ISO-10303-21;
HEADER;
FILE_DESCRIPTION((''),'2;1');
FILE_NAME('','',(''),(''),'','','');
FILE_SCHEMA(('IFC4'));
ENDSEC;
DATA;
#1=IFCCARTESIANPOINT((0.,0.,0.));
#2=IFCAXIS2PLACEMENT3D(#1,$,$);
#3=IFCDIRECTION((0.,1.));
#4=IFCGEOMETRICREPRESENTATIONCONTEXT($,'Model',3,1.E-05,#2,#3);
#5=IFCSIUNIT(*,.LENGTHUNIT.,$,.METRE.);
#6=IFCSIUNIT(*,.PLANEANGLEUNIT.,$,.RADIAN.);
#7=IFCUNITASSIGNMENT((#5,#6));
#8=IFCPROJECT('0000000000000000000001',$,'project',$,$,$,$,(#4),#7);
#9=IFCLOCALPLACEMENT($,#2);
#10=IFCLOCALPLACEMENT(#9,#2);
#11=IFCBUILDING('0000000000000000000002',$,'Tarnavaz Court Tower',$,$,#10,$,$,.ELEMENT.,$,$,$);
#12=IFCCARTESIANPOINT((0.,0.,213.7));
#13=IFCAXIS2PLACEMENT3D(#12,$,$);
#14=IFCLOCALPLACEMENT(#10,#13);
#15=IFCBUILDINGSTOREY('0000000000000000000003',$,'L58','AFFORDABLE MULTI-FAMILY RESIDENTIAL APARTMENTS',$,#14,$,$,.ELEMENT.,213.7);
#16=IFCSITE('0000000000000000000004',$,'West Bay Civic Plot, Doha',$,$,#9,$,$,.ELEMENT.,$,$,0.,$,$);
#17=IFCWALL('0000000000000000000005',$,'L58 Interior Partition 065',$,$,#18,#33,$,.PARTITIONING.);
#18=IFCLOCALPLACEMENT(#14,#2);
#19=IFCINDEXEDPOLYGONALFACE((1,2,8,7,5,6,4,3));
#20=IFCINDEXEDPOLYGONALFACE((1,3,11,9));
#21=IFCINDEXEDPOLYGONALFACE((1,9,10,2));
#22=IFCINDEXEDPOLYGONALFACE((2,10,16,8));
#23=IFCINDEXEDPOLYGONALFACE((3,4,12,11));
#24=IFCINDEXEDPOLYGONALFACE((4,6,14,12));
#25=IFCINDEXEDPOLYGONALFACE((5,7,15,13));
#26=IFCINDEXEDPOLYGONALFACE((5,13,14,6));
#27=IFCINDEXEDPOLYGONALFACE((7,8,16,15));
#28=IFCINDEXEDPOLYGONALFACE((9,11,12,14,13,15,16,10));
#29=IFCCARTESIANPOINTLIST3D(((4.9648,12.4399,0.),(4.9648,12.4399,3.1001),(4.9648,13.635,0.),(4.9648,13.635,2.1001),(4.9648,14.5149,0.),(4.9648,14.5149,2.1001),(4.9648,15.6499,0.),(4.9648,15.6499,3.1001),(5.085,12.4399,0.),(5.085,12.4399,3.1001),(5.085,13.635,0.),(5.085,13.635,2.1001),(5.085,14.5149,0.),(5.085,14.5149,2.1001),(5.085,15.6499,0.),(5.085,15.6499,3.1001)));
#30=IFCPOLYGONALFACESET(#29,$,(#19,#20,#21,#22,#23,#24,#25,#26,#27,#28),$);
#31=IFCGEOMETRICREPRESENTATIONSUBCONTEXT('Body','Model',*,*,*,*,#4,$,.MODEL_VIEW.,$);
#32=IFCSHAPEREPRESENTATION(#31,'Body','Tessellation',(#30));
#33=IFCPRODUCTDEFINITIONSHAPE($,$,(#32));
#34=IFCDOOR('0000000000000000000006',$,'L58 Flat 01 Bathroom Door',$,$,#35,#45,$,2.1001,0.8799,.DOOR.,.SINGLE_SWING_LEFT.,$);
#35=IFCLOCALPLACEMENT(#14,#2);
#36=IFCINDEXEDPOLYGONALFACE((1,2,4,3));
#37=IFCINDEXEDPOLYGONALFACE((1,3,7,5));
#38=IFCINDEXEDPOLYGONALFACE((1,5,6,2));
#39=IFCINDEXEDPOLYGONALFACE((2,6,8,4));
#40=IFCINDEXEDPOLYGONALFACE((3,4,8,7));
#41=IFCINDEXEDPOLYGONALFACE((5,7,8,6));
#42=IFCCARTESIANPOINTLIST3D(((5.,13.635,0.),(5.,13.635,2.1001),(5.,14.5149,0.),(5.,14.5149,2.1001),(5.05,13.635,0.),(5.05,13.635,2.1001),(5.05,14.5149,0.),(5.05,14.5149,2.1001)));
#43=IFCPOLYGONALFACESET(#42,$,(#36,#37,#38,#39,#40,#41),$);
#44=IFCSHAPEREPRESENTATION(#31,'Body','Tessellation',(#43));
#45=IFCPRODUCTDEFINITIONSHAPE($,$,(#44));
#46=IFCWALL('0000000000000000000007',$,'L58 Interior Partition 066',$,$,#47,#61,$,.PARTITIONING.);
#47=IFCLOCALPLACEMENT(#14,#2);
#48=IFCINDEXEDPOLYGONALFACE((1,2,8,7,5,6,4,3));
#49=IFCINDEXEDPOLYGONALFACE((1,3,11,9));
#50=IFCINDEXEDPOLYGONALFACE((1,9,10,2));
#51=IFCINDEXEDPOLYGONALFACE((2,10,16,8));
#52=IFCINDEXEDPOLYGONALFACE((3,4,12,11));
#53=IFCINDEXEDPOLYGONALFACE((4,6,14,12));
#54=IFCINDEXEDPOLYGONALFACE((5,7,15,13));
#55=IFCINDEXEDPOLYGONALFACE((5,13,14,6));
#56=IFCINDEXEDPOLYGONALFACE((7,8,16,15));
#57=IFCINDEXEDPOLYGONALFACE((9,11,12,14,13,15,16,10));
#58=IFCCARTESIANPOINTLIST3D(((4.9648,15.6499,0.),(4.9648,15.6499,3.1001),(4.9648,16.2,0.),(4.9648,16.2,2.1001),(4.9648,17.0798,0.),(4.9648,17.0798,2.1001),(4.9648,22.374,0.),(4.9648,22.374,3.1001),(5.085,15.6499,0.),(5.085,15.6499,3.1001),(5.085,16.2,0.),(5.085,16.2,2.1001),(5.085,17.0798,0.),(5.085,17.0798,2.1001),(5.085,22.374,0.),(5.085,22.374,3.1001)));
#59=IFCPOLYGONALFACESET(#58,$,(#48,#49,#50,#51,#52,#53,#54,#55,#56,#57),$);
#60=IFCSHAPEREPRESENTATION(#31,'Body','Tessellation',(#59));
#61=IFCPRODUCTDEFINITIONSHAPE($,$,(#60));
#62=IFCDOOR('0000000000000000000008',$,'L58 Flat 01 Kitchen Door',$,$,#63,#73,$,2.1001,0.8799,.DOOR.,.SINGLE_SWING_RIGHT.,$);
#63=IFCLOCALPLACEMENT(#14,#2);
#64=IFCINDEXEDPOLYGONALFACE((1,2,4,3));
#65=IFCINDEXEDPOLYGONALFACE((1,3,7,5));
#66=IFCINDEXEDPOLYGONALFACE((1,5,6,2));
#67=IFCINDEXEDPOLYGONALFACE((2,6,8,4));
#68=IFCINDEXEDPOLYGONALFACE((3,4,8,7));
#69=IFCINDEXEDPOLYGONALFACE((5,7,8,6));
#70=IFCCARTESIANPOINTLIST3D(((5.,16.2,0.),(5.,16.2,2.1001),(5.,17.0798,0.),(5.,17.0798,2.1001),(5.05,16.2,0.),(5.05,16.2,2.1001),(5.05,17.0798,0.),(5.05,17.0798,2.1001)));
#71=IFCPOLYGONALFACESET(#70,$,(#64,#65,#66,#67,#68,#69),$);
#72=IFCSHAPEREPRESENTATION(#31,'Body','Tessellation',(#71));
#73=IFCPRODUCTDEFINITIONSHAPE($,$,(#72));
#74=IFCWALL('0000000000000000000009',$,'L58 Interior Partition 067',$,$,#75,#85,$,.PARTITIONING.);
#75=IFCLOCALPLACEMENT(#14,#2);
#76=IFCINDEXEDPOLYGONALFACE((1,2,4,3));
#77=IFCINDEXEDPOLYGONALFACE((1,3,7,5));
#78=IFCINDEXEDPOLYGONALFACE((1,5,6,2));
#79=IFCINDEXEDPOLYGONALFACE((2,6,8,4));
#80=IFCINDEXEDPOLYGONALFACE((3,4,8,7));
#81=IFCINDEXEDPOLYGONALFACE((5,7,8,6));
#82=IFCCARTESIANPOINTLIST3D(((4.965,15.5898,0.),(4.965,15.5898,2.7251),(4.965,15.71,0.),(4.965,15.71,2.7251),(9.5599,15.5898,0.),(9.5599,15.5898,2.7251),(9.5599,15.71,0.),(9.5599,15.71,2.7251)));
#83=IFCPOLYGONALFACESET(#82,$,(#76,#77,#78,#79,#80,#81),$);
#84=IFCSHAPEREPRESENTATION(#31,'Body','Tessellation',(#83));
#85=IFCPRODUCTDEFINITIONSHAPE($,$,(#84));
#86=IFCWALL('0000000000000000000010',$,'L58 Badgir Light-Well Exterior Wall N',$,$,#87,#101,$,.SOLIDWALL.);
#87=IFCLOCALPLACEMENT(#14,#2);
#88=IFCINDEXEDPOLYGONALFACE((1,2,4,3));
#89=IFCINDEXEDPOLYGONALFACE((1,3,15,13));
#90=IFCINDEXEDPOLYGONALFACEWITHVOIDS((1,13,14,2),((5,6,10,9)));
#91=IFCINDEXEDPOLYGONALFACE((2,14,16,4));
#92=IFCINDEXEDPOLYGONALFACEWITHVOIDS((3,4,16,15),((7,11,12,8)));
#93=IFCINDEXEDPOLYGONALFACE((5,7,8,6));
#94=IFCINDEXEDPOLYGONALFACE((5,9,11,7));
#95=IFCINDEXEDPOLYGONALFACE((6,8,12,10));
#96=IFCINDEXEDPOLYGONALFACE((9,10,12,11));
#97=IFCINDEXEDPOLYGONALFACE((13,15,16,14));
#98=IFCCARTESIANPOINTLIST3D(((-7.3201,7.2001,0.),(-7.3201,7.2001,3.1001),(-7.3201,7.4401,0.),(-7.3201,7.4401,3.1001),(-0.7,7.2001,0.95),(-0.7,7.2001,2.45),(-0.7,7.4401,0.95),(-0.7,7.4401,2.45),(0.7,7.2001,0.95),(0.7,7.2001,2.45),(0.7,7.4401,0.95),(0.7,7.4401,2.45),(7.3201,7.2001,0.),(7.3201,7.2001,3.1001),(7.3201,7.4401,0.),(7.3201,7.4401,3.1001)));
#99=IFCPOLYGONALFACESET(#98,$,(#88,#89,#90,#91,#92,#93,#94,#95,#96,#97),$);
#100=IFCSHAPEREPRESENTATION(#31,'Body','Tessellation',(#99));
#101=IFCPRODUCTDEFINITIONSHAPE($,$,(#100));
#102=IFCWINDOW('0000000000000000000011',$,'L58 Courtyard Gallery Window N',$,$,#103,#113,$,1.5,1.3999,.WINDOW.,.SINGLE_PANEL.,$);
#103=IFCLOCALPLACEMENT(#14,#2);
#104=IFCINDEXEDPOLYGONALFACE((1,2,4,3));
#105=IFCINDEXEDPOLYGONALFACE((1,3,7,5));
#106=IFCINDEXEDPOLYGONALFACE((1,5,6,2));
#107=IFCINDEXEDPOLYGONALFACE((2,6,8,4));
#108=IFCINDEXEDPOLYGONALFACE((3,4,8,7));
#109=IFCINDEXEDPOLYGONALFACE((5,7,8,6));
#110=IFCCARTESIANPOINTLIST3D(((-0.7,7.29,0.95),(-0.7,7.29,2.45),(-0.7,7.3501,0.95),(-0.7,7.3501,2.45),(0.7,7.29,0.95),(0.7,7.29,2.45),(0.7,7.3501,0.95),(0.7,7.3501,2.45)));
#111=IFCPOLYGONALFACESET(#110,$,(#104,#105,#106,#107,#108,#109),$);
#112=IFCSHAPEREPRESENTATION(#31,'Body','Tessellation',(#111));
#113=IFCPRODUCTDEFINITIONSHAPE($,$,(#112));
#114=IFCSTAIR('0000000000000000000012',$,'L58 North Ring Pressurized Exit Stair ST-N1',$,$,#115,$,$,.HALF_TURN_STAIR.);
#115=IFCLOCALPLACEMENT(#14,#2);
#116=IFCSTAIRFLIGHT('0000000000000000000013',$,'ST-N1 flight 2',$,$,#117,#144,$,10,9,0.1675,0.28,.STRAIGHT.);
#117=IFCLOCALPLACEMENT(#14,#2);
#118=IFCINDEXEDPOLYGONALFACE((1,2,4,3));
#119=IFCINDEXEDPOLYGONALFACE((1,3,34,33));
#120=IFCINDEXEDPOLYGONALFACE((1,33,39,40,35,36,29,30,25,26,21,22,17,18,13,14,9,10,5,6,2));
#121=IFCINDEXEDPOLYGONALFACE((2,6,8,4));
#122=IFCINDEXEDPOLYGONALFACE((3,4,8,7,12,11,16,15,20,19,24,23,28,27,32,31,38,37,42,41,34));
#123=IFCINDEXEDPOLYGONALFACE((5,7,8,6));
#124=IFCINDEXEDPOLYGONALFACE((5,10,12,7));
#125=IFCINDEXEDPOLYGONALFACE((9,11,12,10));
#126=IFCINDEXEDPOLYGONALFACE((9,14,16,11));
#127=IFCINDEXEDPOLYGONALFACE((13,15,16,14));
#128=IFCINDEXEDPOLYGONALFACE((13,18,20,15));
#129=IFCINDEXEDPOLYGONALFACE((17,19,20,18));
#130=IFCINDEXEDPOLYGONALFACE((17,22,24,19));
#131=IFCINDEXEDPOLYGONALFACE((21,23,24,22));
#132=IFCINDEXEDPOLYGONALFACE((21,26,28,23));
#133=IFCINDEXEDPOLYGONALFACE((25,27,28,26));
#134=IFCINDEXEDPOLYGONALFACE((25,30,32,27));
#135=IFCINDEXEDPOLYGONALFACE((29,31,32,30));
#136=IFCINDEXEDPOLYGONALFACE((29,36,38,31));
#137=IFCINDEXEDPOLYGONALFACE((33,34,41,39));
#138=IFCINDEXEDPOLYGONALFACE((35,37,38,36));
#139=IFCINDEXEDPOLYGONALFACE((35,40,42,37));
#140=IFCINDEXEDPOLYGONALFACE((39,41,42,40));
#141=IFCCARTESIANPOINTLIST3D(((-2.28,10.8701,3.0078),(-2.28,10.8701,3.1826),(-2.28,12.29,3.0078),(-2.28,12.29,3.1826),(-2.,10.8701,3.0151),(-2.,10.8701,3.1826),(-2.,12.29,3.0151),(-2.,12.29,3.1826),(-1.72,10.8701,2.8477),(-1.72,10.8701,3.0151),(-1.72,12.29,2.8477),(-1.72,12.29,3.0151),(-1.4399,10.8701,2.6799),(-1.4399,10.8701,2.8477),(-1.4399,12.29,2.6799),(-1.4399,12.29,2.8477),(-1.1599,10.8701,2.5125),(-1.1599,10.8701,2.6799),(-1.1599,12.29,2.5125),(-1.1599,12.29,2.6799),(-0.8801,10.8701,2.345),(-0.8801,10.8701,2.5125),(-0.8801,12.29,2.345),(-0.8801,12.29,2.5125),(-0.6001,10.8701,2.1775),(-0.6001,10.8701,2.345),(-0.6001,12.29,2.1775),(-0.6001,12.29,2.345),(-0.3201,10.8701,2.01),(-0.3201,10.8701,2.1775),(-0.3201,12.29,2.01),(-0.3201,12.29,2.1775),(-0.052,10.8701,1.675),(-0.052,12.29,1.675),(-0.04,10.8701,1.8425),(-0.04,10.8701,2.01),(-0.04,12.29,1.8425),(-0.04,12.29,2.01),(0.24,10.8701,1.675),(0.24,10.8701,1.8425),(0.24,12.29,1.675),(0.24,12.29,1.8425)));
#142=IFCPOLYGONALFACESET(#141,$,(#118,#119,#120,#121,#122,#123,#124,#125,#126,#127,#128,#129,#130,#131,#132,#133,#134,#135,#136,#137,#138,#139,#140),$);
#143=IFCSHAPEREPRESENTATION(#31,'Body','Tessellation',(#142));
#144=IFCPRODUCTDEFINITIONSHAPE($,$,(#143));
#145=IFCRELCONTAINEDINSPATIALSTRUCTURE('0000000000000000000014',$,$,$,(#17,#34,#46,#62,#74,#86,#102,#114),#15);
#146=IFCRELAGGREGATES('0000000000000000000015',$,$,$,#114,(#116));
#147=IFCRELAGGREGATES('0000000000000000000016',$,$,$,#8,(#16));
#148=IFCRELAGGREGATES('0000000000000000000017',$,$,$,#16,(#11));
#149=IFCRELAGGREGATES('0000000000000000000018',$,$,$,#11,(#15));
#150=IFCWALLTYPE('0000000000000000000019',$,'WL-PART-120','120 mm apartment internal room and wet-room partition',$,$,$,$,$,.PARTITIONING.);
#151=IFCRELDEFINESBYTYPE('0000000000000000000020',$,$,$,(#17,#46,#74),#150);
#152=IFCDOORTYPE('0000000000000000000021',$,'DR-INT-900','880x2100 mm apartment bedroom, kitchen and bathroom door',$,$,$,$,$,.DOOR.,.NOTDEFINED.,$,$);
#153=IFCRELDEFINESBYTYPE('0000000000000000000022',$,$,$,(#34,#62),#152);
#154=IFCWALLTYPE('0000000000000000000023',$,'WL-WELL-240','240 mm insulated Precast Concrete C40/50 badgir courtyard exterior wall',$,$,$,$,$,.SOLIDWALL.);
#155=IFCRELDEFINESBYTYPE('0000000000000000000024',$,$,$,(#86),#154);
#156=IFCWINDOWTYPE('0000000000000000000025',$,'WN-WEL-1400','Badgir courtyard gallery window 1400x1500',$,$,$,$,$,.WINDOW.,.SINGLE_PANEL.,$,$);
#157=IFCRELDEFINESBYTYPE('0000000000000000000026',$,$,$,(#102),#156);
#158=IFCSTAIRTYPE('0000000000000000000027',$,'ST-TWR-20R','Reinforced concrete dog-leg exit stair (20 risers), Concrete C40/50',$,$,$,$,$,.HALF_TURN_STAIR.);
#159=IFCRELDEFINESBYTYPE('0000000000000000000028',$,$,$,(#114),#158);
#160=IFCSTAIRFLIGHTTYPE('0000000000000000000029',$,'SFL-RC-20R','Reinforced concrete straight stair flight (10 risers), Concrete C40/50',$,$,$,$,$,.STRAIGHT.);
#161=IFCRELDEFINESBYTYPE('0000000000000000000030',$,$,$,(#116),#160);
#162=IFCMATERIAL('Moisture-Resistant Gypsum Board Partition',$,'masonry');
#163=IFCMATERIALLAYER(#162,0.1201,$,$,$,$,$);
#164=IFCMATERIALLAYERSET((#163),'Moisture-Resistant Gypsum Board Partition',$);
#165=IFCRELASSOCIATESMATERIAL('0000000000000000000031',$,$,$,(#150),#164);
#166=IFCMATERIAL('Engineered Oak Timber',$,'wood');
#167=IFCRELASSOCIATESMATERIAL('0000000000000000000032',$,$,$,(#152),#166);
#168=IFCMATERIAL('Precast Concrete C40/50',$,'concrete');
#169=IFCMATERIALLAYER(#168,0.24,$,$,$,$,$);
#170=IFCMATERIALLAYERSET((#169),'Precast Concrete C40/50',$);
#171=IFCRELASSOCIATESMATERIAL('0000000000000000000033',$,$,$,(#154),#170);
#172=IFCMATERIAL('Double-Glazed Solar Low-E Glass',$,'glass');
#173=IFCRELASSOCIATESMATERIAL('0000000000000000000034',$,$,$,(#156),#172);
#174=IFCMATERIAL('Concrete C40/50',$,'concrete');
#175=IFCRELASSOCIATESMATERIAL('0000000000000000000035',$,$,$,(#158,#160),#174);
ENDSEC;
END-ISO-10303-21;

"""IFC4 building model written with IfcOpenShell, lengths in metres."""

from ifc_helpers import new_model, si_unit, direction, frame, frame_2d, origin, place, context, subcontext, project, spatial, polyline, rectangle, outline, extrude, material, layer, layer_set, type_object, element, fill, aggregate, save


model = new_model("IFC4")

# Units and contexts
model_context = context("Model", 3, precision=1e-05, world=origin(), true_north=direction((0.0, 1.0)))
body_context = subcontext(model_context, "Body", "Model", "MODEL_VIEW")
ifc_project = project(units=[si_unit("LENGTHUNIT", "METRE"), si_unit("PLANEANGLEUNIT", "RADIAN")], contexts=[model_context])

# Site, building, storey
site_placement = place(None, origin())
site = spatial("IfcSite", under=ifc_project, at=site_placement, Name="West Bay Civic Plot, Doha", CompositionType="ELEMENT", RefElevation=0.0)
building_placement = place(site_placement, origin())
building = spatial("IfcBuilding", under=site, at=building_placement, Name="Tarnavaz Court Tower", CompositionType="ELEMENT")
storey_placement = place(building_placement, frame((0.0, 0.0, 213.7)))
storey = spatial("IfcBuildingStorey", under=building, at=storey_placement, Name="L58", Description="AFFORDABLE MULTI-FAMILY RESIDENTIAL APARTMENTS", CompositionType="ELEMENT", Elevation=213.7)

# Walls, openings, doors
ifc_material_1 = material(Name="Moisture-Resistant Gypsum Board Partition", Category="masonry")
ifc_layer_1 = layer(ifc_material_1, 0.1201)
ifc_layer_set_1 = layer_set([ifc_layer_1], Name="Moisture-Resistant Gypsum Board Partition")
wall_type_1 = type_object("IfcWallType", Name="WL-PART-120", Description="120 mm apartment internal room and wet-room partition", PredefinedType="PARTITIONING", material=ifc_layer_set_1)
wall_1_placement = place(storey_placement, frame((5.0249, 12.4399, 0.0), z_axis=(0.0, 0.0, 1.0), x_axis=(0.0, 1.0, 0.0)))
wall_1 = element("IfcWall", 1, at=wall_1_placement, inside=storey, type_object=wall_type_1, Name="L58 Interior Partition 065", PredefinedType="PARTITIONING", context=body_context, shape_type="SweptSolid", body=[
    extrude(rectangle(XDim=3.21, YDim=0.1201, at=frame_2d((1.605, 0.0))), origin(), (0.0, 0.0, 1.0), 3.1001),
])
opening_1_placement = place(wall_1_placement, frame((1.1951, 0.0, 0.0)))
opening_1 = element("IfcOpeningElement", 2, at=opening_1_placement, cuts=wall_1, PredefinedType="OPENING", context=body_context, shape_type="SweptSolid", body=[
    extrude(rectangle(XDim=0.8799, YDim=2.1001, at=frame_2d((0.4399, 1.05))), frame((0.0, 0.0701, 0.0), z_axis=(0.0, -1.0, 0.0), x_axis=(1.0, 0.0, 0.0)), (0.0, 0.0, 1.0), 0.1401),
])
ifc_material_2 = material(Name="Engineered Oak Timber", Category="wood")
door_type_1 = type_object("IfcDoorType", Name="DR-INT-900", Description="880x2100 mm apartment bedroom, kitchen and bathroom door", OperationType="NOTDEFINED", PredefinedType="DOOR", material=ifc_material_2)
door_1_placement = place(opening_1_placement, origin())
door_1 = element("IfcDoor", 3, at=door_1_placement, inside=storey, type_object=door_type_1, Name="L58 Flat 01 Bathroom Door", OperationType="SINGLE_SWING_LEFT", OverallHeight=2.1001, OverallWidth=0.8799, PredefinedType="DOOR", context=body_context, shape_type="SweptSolid", body=[
    extrude(rectangle(XDim=0.8799, YDim=2.1001, at=frame_2d((0.4399, 1.05))), frame((0.0, 0.0249, 0.0), z_axis=(0.0, -1.0, 0.0), x_axis=(1.0, 0.0, 0.0)), (0.0, 0.0, 1.0), 0.05),
])
fill(opening_1, door_1)
wall_2_placement = place(storey_placement, frame((5.0249, 15.6499, 0.0), z_axis=(0.0, 0.0, 1.0), x_axis=(0.0, 1.0, 0.0)))
wall_2 = element("IfcWall", 4, at=wall_2_placement, inside=storey, type_object=wall_type_1, Name="L58 Interior Partition 066", PredefinedType="PARTITIONING", context=body_context, shape_type="SweptSolid", body=[
    extrude(rectangle(XDim=6.7241, YDim=0.1201, at=frame_2d((3.3621, 0.0))), origin(), (0.0, 0.0, 1.0), 3.1001),
])
opening_2_placement = place(wall_2_placement, frame((0.55, 0.0, 0.0)))
opening_2 = element("IfcOpeningElement", 5, at=opening_2_placement, cuts=wall_2, PredefinedType="OPENING", context=body_context, shape_type="SweptSolid", body=[
    extrude(rectangle(XDim=0.8799, YDim=2.1001, at=frame_2d((0.4399, 1.05))), frame((0.0, 0.0701, 0.0), z_axis=(0.0, -1.0, 0.0), x_axis=(1.0, 0.0, 0.0)), (0.0, 0.0, 1.0), 0.1401),
])
door_2_placement = place(opening_2_placement, origin())
door_2 = element("IfcDoor", 6, at=door_2_placement, inside=storey, type_object=door_type_1, Name="L58 Flat 01 Kitchen Door", OperationType="SINGLE_SWING_RIGHT", OverallHeight=2.1001, OverallWidth=0.8799, PredefinedType="DOOR", context=body_context, shape_type="SweptSolid", body=[
    extrude(rectangle(XDim=0.8799, YDim=2.1001, at=frame_2d((0.4399, 1.05))), frame((0.0, 0.0249, 0.0), z_axis=(0.0, -1.0, 0.0), x_axis=(1.0, 0.0, 0.0)), (0.0, 0.0, 1.0), 0.05),
])
fill(opening_2, door_2)

# Wall
wall_3_placement = place(storey_placement, frame((4.9651, 15.6499, 0.0), z_axis=(0.0, 0.0, 1.0), x_axis=(1.0, 0.0, 0.0)))
element("IfcWall", 7, at=wall_3_placement, inside=storey, type_object=wall_type_1, Name="L58 Interior Partition 067", PredefinedType="PARTITIONING", context=body_context, shape_type="SweptSolid", body=[
    extrude(rectangle(XDim=4.595, YDim=0.1201, at=frame_2d((2.2974, 0.0))), origin(), (0.0, 0.0, 1.0), 2.7251),
])

# Wall, opening, window
ifc_material_3 = material(Name="Precast Concrete C40/50", Category="concrete")
ifc_layer_2 = layer(ifc_material_3, 0.24)
ifc_layer_set_2 = layer_set([ifc_layer_2], Name="Precast Concrete C40/50")
wall_type_2 = type_object("IfcWallType", Name="WL-WELL-240", Description="240 mm insulated Precast Concrete C40/50 badgir courtyard exterior wall", PredefinedType="SOLIDWALL", material=ifc_layer_set_2)
wall_4_placement = place(storey_placement, frame((7.3201, 7.3201, 0.0), z_axis=(0.0, 0.0, 1.0), x_axis=(-1.0, 0.0, 0.0)))
wall_4 = element("IfcWall", 8, at=wall_4_placement, inside=storey, type_object=wall_type_2, Name="L58 Badgir Light-Well Exterior Wall N", PredefinedType="SOLIDWALL", context=body_context, shape_type="SweptSolid", body=[
    extrude(rectangle(XDim=14.6401, YDim=0.24, at=frame_2d((7.3201, 0.0))), origin(), (0.0, 0.0, 1.0), 3.1001),
])
opening_3_placement = place(wall_4_placement, frame((6.6201, 0.0, 0.95)))
opening_3 = element("IfcOpeningElement", 9, at=opening_3_placement, cuts=wall_4, PredefinedType="OPENING", context=body_context, shape_type="SweptSolid", body=[
    extrude(rectangle(XDim=1.3999, YDim=1.5, at=frame_2d((0.7, 0.75))), frame((0.0, 0.1299, 0.0), z_axis=(0.0, -1.0, 0.0), x_axis=(1.0, 0.0, 0.0)), (0.0, 0.0, 1.0), 0.26),
])
ifc_material_4 = material(Name="Double-Glazed Solar Low-E Glass", Category="glass")
window_type = type_object("IfcWindowType", Name="WN-WEL-1400", Description="Badgir courtyard gallery window 1400x1500", PartitioningType="SINGLE_PANEL", PredefinedType="WINDOW", material=ifc_material_4)
window_placement = place(opening_3_placement, origin())
window = element("IfcWindow", 10, at=window_placement, inside=storey, type_object=window_type, Name="L58 Courtyard Gallery Window N", OverallHeight=1.5, OverallWidth=1.3999, PartitioningType="SINGLE_PANEL", PredefinedType="WINDOW", context=body_context, shape_type="SweptSolid", body=[
    extrude(rectangle(XDim=1.3999, YDim=1.5, at=frame_2d((0.7, 0.75))), frame((0.0, 0.03, 0.0), z_axis=(0.0, -1.0, 0.0), x_axis=(1.0, 0.0, 0.0)), (0.0, 0.0, 1.0), 0.0601),
])
fill(opening_3, window)

# Stair, stair flight
ifc_material_5 = material(Name="Concrete C40/50", Category="concrete")
stair_type = type_object("IfcStairType", Name="ST-TWR-20R", Description="Reinforced concrete dog-leg exit stair (20 risers), Concrete C40/50", PredefinedType="HALF_TURN_STAIR", material=ifc_material_5)
stair_placement = place(storey_placement, origin())
stair = element("IfcStair", 11, at=stair_placement, inside=storey, type_object=stair_type, Name="L58 North Ring Pressurized Exit Stair ST-N1", PredefinedType="HALF_TURN_STAIR")
stair_flight_type = type_object("IfcStairFlightType", Name="SFL-RC-20R", Description="Reinforced concrete straight stair flight (10 risers), Concrete C40/50", PredefinedType="STRAIGHT", material=ifc_material_5)
stair_flight_placement = place(storey_placement, frame((0.24, 11.5801, 1.675), z_axis=(0.0, 0.0, 1.0), x_axis=(-1.0, 0.0, 0.0)))
stair_flight = element("IfcStairFlight", 12, at=stair_flight_placement, type_object=stair_flight_type, Name="ST-N1 flight 2", NumberOfRisers=10, NumberOfTreads=9, PredefinedType="STRAIGHT", RiserHeight=0.1675, TreadLength=0.28, context=body_context, shape_type="SweptSolid", body=[
    extrude(outline(polyline([(0.0, 0.0), (0.0, 0.1675), (0.28, 0.1675), (0.28, 0.335), (0.5601, 0.335), (0.5601, 0.5024), (0.8401, 0.5024), (0.8401, 0.6699), (1.1201, 0.6699), (1.1201, 0.8374), (1.3999, 0.8374), (1.3999, 1.0049), (1.6799, 1.0049), (1.6799, 1.1726), (1.96, 1.1726), (1.96, 1.3401), (2.24, 1.3401), (2.24, 1.5076), (2.52, 1.5076), (2.52, 1.675), (2.52, 1.3328), (0.292, 0.0), (0.0, 0.0)])), frame((0.0, 0.71, 0.0), z_axis=(0.0, -1.0, 0.0), x_axis=(1.0, 0.0, 0.0)), (0.0, 0.0, 1.0), 1.4199),
])
aggregate(stair, [stair_flight])

save(model, "model.ifc")
